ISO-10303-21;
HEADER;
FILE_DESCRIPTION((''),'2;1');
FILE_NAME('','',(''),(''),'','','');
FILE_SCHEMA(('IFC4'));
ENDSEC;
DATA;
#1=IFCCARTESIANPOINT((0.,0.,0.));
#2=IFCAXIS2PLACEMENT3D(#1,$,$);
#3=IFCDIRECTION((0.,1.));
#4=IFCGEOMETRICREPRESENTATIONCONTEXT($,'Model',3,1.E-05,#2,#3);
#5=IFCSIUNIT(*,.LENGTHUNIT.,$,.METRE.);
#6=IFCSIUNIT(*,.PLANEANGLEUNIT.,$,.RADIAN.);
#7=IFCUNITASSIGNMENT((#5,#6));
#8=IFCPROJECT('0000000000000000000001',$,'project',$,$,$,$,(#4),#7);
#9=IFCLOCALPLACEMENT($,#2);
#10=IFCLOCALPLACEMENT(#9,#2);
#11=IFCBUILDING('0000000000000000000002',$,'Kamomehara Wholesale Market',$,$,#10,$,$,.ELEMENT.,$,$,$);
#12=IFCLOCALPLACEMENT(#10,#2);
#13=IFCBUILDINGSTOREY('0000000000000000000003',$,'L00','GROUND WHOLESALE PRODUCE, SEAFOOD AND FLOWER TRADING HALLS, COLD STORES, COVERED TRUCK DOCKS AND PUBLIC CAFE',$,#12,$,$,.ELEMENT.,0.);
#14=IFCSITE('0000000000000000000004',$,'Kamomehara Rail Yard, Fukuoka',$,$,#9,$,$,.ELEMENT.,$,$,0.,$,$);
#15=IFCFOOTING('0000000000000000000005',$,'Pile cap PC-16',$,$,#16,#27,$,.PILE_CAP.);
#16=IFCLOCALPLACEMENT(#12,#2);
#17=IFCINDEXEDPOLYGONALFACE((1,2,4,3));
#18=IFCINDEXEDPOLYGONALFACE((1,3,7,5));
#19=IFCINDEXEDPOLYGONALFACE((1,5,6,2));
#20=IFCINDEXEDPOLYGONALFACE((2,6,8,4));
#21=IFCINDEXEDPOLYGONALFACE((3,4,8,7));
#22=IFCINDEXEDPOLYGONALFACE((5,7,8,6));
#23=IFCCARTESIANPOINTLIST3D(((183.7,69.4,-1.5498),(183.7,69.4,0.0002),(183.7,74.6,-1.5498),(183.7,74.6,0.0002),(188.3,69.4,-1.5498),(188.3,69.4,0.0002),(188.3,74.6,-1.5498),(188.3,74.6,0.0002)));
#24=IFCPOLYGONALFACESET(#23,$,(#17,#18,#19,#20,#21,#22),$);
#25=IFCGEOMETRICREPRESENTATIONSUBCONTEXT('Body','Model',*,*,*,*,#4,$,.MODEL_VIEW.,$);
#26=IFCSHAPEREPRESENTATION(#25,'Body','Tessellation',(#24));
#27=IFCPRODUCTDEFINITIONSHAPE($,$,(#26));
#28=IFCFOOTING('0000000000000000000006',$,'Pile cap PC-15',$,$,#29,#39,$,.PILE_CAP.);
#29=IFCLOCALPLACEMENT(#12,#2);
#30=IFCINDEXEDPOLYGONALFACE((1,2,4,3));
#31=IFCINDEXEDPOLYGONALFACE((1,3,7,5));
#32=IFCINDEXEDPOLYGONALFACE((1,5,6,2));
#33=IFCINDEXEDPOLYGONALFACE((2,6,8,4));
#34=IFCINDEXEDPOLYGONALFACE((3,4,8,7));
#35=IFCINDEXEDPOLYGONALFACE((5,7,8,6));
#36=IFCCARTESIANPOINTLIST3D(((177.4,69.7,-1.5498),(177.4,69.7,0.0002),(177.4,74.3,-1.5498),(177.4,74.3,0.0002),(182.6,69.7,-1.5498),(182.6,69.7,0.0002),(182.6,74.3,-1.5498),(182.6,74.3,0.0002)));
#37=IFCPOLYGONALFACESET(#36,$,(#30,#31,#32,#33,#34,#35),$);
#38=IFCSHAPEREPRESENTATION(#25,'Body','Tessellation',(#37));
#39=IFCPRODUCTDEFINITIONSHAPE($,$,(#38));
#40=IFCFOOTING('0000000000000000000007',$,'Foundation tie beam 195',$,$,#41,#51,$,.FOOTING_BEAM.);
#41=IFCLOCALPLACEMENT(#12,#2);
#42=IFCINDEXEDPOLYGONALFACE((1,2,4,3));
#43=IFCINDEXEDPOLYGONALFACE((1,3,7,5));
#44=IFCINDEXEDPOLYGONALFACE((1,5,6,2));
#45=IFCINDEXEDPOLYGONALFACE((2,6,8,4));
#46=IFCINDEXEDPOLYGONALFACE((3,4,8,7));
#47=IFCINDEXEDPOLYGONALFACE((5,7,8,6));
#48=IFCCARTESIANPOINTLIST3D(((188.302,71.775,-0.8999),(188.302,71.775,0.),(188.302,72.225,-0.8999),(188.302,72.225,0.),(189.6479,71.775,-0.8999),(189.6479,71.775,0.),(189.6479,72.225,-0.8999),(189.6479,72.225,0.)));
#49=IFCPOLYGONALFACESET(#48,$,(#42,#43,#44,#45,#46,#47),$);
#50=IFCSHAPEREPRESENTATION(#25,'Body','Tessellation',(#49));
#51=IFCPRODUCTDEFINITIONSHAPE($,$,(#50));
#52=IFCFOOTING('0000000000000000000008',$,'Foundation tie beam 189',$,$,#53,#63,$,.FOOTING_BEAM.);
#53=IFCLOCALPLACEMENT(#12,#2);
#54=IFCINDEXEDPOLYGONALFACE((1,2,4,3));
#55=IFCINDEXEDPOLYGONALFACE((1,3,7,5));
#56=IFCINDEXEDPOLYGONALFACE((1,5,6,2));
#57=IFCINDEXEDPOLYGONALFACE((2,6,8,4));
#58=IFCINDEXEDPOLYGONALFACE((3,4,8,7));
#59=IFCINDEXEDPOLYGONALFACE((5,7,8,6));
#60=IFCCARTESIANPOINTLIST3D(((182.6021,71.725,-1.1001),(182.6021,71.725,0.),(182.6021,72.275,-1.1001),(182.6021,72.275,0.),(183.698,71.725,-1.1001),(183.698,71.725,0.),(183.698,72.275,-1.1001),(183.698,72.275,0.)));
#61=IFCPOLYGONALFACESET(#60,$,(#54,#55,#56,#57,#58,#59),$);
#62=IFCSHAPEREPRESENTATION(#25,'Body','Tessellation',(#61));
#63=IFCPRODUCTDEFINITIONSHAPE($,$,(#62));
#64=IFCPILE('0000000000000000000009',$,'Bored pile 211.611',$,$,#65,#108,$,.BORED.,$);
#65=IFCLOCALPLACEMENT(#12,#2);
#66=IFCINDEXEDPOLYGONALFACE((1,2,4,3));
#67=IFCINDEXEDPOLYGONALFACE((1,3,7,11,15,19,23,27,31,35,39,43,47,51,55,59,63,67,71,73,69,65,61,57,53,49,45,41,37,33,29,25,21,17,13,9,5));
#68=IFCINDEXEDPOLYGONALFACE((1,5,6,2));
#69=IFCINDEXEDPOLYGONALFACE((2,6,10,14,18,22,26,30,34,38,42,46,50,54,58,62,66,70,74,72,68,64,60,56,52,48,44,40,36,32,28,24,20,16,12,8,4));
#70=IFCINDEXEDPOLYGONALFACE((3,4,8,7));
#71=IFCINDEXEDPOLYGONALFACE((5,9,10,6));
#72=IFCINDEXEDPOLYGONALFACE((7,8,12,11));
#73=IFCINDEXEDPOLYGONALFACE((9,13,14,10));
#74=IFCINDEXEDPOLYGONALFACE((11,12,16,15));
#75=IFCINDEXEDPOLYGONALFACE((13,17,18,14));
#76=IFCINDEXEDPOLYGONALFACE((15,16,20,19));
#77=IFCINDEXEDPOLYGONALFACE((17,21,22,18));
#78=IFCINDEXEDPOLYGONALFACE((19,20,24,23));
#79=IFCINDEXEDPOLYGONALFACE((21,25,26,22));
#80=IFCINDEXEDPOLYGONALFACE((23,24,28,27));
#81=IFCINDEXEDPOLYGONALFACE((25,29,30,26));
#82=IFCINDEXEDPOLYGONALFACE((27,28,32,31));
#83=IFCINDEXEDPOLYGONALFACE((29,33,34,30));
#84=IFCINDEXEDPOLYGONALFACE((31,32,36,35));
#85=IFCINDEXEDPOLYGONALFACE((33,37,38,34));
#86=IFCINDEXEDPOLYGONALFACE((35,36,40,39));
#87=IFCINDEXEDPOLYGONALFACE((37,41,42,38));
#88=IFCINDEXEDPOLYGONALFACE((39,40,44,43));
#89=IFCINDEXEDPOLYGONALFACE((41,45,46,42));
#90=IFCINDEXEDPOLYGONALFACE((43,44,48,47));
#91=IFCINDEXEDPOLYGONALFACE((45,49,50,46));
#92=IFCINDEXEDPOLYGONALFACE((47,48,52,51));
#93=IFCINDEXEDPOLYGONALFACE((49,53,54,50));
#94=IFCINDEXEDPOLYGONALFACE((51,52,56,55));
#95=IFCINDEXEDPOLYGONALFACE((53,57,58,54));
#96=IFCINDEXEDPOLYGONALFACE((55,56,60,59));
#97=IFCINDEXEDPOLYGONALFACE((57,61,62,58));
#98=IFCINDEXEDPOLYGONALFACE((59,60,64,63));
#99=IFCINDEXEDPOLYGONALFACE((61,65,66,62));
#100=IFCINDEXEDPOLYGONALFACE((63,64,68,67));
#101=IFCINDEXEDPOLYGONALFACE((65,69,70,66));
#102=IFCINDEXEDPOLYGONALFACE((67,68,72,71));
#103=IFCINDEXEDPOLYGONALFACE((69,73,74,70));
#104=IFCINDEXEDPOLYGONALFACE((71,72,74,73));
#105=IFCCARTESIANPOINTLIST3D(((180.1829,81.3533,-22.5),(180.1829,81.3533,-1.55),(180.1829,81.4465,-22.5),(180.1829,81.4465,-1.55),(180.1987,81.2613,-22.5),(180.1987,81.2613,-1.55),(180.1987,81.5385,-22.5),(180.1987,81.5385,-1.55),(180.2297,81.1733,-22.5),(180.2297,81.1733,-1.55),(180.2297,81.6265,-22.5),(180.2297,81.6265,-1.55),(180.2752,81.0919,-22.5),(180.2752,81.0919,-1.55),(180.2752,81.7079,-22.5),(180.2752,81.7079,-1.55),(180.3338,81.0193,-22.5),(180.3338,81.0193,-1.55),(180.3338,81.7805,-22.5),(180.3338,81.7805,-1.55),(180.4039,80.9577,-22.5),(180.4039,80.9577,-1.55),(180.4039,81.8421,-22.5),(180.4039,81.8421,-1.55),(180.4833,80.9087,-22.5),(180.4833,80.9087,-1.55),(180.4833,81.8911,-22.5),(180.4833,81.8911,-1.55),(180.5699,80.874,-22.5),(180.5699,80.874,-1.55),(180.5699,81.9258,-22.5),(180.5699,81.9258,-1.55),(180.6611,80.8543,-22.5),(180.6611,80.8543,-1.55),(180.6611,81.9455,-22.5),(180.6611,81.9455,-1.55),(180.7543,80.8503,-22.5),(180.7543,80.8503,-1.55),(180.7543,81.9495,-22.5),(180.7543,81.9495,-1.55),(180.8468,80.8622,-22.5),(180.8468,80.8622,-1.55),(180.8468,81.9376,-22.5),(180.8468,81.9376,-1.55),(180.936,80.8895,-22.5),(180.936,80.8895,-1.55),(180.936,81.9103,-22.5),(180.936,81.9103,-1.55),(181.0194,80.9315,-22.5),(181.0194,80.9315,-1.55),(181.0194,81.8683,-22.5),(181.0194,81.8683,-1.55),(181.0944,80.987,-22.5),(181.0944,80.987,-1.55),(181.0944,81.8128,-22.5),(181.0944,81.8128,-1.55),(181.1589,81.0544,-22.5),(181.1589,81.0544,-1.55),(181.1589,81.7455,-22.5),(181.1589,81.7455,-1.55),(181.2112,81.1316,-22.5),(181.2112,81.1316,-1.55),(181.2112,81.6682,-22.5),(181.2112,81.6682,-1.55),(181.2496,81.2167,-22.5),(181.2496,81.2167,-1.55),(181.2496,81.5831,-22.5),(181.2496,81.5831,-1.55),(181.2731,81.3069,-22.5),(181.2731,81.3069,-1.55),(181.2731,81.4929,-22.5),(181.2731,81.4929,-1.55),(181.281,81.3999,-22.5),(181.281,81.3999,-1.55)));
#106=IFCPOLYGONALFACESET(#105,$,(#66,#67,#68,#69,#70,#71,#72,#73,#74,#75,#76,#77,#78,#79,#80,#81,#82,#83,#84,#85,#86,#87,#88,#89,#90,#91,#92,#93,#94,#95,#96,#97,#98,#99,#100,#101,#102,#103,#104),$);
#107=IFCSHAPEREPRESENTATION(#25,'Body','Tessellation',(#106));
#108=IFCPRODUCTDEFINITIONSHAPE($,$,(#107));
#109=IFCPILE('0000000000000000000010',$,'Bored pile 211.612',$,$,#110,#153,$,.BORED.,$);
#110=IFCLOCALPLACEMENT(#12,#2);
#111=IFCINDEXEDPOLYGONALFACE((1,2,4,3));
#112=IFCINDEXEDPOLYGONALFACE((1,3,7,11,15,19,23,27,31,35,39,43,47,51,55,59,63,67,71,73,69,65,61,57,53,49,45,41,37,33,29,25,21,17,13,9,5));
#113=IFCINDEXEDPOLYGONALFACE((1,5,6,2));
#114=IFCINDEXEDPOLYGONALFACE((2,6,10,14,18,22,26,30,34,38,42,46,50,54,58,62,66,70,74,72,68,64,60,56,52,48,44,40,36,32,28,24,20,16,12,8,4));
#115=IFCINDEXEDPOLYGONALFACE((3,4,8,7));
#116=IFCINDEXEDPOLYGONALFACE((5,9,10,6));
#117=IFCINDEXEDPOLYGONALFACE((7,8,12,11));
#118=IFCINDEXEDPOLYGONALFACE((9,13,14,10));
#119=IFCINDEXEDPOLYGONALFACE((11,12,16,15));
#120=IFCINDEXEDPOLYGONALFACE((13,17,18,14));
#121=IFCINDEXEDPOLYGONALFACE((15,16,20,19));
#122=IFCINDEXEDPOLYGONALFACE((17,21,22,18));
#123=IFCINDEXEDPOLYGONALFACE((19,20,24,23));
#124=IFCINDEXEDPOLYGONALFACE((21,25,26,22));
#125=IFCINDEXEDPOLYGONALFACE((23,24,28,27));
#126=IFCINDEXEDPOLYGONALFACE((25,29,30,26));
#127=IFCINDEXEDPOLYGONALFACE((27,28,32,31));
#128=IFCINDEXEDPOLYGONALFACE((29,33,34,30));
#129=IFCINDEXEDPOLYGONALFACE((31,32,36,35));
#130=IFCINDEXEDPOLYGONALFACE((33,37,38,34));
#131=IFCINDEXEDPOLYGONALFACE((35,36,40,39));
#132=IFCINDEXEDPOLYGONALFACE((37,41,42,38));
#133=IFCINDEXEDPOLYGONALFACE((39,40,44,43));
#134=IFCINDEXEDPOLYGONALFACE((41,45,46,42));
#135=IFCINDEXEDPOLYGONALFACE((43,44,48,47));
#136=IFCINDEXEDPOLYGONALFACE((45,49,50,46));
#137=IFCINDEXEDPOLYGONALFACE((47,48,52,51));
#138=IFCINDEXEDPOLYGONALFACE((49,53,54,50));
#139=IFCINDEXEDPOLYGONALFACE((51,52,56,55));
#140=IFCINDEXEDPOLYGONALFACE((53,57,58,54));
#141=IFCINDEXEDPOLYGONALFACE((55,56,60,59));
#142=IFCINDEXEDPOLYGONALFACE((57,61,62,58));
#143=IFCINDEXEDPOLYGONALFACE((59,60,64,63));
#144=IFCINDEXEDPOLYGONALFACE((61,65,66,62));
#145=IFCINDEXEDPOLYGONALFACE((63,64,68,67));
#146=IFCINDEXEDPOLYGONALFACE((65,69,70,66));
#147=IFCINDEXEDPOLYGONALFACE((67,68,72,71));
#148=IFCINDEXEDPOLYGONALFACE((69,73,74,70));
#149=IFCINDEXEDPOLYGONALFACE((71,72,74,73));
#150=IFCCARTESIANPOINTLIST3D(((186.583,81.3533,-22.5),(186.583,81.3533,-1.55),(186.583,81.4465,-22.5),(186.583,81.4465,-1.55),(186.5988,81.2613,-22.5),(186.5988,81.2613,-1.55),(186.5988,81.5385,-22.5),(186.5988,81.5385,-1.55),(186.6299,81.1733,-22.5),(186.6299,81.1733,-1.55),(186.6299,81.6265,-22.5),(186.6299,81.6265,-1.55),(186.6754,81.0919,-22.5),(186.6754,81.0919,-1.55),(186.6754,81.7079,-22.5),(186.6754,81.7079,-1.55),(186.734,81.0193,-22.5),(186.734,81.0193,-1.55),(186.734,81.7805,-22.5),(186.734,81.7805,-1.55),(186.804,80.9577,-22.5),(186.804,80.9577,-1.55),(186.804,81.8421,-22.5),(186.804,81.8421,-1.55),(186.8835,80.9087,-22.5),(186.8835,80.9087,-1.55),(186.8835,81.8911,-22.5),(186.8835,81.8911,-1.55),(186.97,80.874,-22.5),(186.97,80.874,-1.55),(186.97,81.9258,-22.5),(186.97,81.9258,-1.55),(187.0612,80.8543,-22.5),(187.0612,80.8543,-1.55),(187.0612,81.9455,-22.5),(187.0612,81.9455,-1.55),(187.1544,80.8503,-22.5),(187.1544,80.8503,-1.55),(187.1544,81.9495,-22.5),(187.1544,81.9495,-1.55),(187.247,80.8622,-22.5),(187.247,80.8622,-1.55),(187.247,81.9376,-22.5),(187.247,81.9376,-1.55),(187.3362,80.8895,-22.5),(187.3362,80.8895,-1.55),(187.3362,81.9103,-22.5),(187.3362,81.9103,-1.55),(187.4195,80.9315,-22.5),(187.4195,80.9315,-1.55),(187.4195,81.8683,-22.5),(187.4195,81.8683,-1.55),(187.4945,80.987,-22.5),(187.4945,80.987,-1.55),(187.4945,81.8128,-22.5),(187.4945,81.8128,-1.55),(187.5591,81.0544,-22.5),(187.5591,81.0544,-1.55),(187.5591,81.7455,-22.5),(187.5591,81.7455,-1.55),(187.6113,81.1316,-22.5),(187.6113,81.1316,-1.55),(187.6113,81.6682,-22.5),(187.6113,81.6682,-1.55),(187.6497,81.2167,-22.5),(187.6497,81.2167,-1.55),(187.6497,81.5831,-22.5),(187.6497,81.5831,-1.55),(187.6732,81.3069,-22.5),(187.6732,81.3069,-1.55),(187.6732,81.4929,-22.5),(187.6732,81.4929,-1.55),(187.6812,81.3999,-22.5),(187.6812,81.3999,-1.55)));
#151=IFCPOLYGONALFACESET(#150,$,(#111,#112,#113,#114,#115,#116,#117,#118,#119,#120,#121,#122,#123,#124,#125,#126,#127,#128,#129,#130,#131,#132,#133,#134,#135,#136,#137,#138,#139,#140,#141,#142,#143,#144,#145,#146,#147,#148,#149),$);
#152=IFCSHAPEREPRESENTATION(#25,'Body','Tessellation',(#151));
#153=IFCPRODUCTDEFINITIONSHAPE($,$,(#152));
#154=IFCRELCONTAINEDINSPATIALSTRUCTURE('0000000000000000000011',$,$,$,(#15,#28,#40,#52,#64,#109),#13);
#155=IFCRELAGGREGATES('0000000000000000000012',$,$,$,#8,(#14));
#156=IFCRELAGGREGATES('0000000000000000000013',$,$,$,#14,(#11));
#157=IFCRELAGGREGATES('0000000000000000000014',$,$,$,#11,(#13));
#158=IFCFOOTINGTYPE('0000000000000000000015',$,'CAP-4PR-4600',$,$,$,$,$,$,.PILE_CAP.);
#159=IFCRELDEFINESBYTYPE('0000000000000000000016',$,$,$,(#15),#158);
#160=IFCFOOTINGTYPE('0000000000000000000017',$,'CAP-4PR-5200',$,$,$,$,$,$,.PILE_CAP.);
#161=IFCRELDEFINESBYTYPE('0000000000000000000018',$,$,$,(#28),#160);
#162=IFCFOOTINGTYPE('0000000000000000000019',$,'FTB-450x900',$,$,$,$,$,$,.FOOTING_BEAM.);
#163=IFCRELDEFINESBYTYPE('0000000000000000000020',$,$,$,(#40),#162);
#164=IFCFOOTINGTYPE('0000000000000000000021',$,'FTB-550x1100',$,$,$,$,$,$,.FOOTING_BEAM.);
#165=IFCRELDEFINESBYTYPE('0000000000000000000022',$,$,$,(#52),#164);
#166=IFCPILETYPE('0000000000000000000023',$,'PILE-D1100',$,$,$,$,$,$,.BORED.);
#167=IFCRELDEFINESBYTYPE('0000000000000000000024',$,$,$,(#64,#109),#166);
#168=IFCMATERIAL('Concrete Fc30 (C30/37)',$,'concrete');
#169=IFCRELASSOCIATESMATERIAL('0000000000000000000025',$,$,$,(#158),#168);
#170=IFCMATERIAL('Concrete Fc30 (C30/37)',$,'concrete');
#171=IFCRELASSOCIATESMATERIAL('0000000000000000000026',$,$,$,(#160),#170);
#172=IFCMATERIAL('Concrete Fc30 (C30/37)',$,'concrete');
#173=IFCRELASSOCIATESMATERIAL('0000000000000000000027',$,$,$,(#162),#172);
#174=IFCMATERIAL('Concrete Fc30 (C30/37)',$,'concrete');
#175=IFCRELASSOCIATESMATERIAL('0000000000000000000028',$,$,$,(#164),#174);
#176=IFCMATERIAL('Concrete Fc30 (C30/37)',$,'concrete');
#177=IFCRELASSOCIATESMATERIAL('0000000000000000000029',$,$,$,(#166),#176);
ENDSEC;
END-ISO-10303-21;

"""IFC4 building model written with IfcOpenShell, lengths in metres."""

from ifc_helpers import new_model, si_unit, direction, frame, origin, origin_2d, place, context, subcontext, project, spatial, rectangle, circle, extrude, material, material_profile, profile_set, type_object, element, save


model = new_model("IFC4")

# Units and contexts
model_context = context("Model", 3, precision=1e-05, world=origin(), true_north=direction((0.0, 1.0)))
body_context = subcontext(model_context, "Body", "Model", "MODEL_VIEW")
ifc_project = project(units=[si_unit("LENGTHUNIT", "METRE"), si_unit("PLANEANGLEUNIT", "RADIAN")], contexts=[model_context])

# Site, building, storey
site_placement = place(None, origin())
site = spatial("IfcSite", under=ifc_project, at=site_placement, Name="Kamomehara Rail Yard, Fukuoka", CompositionType="ELEMENT", RefElevation=0.0)
building_placement = place(site_placement, origin())
building = spatial("IfcBuilding", under=site, at=building_placement, Name="Kamomehara Wholesale Market", CompositionType="ELEMENT")
storey_placement = place(building_placement, origin())
storey = spatial("IfcBuildingStorey", under=building, at=storey_placement, Name="L00", Description="GROUND WHOLESALE PRODUCE, SEAFOOD AND FLOWER TRADING HALLS, COLD STORES, COVERED TRUCK DOCKS AND PUBLIC CAFE", CompositionType="ELEMENT", Elevation=0.0)

# Footings
ifc_material_1 = material(Name="Concrete Fc30 (C30/37)", Category="concrete")
footing_type_1 = type_object("IfcFootingType", Name="CAP-4PR-4600", PredefinedType="PILE_CAP", material=ifc_material_1)
footing_1_placement = place(storey_placement, frame((186.0, 72.0, -1.5498), z_axis=(0.0, 0.0, 1.0), x_axis=(1.0, 0.0, 0.0)))
element("IfcFooting", 1, at=footing_1_placement, inside=storey, type_object=footing_type_1, Name="Pile cap PC-16", PredefinedType="PILE_CAP", context=body_context, shape_type="SweptSolid", body=[
    extrude(rectangle(XDim=4.6001, YDim=5.2, at=origin_2d()), origin(), (0.0, 0.0, 1.0), 1.55),
])
ifc_material_2 = material(Name="Concrete Fc30 (C30/37)", Category="concrete")
footing_type_2 = type_object("IfcFootingType", Name="CAP-4PR-5200", PredefinedType="PILE_CAP", material=ifc_material_2)
footing_2_placement = place(storey_placement, frame((180.0, 72.0, -1.5498), z_axis=(0.0, 0.0, 1.0), x_axis=(1.0, 0.0, 0.0)))
element("IfcFooting", 2, at=footing_2_placement, inside=storey, type_object=footing_type_2, Name="Pile cap PC-15", PredefinedType="PILE_CAP", context=body_context, shape_type="SweptSolid", body=[
    extrude(rectangle(XDim=5.2, YDim=4.6001, at=origin_2d()), origin(), (0.0, 0.0, 1.0), 1.55),
])
ifc_material_3 = material(Name="Concrete Fc30 (C30/37)", Category="concrete")
ifc_material_profile_1 = material_profile(ifc_material_3, rectangle(XDim=0.45, YDim=0.8999, at=origin_2d()), Name="RC-FTB-450x900")
ifc_profile_set_1 = profile_set([ifc_material_profile_1], Name="Concrete Fc30 (C30/37)")
footing_type_3 = type_object("IfcFootingType", Name="FTB-450x900", PredefinedType="FOOTING_BEAM", material=ifc_profile_set_1)
footing_3_placement = place(storey_placement, frame((188.302, 72.0, -0.45), z_axis=(1.0, 0.0, 0.0), x_axis=(0.0, 1.0, 0.0)))
element("IfcFooting", 3, at=footing_3_placement, inside=storey, type_object=footing_type_3, Name="Foundation tie beam 195", PredefinedType="FOOTING_BEAM", context=body_context, shape_type="SweptSolid", body=[
    extrude(rectangle(XDim=0.45, YDim=0.8999, at=origin_2d()), origin(), (0.0, 0.0, 1.0), 1.3459),
])
ifc_material_4 = material(Name="Concrete Fc30 (C30/37)", Category="concrete")
ifc_material_profile_2 = material_profile(ifc_material_4, rectangle(XDim=0.55, YDim=1.1001, at=origin_2d()), Name="RC-FTB-550x1100")
ifc_profile_set_2 = profile_set([ifc_material_profile_2], Name="Concrete Fc30 (C30/37)")
footing_type_4 = type_object("IfcFootingType", Name="FTB-550x1100", PredefinedType="FOOTING_BEAM", material=ifc_profile_set_2)
footing_4_placement = place(storey_placement, frame((182.6021, 72.0, -0.55), z_axis=(1.0, 0.0, 0.0), x_axis=(0.0, 1.0, 0.0)))
element("IfcFooting", 4, at=footing_4_placement, inside=storey, type_object=footing_type_4, Name="Foundation tie beam 189", PredefinedType="FOOTING_BEAM", context=body_context, shape_type="SweptSolid", body=[
    extrude(rectangle(XDim=0.55, YDim=1.1001, at=origin_2d()), origin(), (0.0, 0.0, 1.0), 1.0959),
])

# Piles
ifc_material_5 = material(Name="Concrete Fc30 (C30/37)", Category="concrete")
ifc_material_profile_3 = material_profile(ifc_material_5, circle(Radius=0.55, at=origin_2d()), Name="RC-PILE-D1100")
ifc_profile_set_3 = profile_set([ifc_material_profile_3], Name="Concrete Fc30 (C30/37)")
pile_type_1 = type_object("IfcPileType", Name="PILE-D1100", PredefinedType="BORED", material=ifc_profile_set_3)
for number, where, z_axis, x_axis, name in (
    (5, (180.731, 81.3999, -1.55), (0.0, 0.0, -1.0), (1.0, 0.0, 0.0), "Bored pile 211.611"),
    (6, (187.1311, 81.3999, -1.55), (0.0, 0.0, -1.0), (1.0, 0.0, 0.0), "Bored pile 211.612"),
):
    element("IfcPile", number, at=place(storey_placement, frame(where, z_axis=z_axis, x_axis=x_axis)), inside=storey, type_object=pile_type_1, Name=name, PredefinedType="BORED", context=body_context, shape_type="SweptSolid", body=[
        extrude(circle(Radius=0.55, at=origin_2d()), origin(), (0.0, 0.0, 1.0), 20.95),
    ])

save(model, "model.ifc")
